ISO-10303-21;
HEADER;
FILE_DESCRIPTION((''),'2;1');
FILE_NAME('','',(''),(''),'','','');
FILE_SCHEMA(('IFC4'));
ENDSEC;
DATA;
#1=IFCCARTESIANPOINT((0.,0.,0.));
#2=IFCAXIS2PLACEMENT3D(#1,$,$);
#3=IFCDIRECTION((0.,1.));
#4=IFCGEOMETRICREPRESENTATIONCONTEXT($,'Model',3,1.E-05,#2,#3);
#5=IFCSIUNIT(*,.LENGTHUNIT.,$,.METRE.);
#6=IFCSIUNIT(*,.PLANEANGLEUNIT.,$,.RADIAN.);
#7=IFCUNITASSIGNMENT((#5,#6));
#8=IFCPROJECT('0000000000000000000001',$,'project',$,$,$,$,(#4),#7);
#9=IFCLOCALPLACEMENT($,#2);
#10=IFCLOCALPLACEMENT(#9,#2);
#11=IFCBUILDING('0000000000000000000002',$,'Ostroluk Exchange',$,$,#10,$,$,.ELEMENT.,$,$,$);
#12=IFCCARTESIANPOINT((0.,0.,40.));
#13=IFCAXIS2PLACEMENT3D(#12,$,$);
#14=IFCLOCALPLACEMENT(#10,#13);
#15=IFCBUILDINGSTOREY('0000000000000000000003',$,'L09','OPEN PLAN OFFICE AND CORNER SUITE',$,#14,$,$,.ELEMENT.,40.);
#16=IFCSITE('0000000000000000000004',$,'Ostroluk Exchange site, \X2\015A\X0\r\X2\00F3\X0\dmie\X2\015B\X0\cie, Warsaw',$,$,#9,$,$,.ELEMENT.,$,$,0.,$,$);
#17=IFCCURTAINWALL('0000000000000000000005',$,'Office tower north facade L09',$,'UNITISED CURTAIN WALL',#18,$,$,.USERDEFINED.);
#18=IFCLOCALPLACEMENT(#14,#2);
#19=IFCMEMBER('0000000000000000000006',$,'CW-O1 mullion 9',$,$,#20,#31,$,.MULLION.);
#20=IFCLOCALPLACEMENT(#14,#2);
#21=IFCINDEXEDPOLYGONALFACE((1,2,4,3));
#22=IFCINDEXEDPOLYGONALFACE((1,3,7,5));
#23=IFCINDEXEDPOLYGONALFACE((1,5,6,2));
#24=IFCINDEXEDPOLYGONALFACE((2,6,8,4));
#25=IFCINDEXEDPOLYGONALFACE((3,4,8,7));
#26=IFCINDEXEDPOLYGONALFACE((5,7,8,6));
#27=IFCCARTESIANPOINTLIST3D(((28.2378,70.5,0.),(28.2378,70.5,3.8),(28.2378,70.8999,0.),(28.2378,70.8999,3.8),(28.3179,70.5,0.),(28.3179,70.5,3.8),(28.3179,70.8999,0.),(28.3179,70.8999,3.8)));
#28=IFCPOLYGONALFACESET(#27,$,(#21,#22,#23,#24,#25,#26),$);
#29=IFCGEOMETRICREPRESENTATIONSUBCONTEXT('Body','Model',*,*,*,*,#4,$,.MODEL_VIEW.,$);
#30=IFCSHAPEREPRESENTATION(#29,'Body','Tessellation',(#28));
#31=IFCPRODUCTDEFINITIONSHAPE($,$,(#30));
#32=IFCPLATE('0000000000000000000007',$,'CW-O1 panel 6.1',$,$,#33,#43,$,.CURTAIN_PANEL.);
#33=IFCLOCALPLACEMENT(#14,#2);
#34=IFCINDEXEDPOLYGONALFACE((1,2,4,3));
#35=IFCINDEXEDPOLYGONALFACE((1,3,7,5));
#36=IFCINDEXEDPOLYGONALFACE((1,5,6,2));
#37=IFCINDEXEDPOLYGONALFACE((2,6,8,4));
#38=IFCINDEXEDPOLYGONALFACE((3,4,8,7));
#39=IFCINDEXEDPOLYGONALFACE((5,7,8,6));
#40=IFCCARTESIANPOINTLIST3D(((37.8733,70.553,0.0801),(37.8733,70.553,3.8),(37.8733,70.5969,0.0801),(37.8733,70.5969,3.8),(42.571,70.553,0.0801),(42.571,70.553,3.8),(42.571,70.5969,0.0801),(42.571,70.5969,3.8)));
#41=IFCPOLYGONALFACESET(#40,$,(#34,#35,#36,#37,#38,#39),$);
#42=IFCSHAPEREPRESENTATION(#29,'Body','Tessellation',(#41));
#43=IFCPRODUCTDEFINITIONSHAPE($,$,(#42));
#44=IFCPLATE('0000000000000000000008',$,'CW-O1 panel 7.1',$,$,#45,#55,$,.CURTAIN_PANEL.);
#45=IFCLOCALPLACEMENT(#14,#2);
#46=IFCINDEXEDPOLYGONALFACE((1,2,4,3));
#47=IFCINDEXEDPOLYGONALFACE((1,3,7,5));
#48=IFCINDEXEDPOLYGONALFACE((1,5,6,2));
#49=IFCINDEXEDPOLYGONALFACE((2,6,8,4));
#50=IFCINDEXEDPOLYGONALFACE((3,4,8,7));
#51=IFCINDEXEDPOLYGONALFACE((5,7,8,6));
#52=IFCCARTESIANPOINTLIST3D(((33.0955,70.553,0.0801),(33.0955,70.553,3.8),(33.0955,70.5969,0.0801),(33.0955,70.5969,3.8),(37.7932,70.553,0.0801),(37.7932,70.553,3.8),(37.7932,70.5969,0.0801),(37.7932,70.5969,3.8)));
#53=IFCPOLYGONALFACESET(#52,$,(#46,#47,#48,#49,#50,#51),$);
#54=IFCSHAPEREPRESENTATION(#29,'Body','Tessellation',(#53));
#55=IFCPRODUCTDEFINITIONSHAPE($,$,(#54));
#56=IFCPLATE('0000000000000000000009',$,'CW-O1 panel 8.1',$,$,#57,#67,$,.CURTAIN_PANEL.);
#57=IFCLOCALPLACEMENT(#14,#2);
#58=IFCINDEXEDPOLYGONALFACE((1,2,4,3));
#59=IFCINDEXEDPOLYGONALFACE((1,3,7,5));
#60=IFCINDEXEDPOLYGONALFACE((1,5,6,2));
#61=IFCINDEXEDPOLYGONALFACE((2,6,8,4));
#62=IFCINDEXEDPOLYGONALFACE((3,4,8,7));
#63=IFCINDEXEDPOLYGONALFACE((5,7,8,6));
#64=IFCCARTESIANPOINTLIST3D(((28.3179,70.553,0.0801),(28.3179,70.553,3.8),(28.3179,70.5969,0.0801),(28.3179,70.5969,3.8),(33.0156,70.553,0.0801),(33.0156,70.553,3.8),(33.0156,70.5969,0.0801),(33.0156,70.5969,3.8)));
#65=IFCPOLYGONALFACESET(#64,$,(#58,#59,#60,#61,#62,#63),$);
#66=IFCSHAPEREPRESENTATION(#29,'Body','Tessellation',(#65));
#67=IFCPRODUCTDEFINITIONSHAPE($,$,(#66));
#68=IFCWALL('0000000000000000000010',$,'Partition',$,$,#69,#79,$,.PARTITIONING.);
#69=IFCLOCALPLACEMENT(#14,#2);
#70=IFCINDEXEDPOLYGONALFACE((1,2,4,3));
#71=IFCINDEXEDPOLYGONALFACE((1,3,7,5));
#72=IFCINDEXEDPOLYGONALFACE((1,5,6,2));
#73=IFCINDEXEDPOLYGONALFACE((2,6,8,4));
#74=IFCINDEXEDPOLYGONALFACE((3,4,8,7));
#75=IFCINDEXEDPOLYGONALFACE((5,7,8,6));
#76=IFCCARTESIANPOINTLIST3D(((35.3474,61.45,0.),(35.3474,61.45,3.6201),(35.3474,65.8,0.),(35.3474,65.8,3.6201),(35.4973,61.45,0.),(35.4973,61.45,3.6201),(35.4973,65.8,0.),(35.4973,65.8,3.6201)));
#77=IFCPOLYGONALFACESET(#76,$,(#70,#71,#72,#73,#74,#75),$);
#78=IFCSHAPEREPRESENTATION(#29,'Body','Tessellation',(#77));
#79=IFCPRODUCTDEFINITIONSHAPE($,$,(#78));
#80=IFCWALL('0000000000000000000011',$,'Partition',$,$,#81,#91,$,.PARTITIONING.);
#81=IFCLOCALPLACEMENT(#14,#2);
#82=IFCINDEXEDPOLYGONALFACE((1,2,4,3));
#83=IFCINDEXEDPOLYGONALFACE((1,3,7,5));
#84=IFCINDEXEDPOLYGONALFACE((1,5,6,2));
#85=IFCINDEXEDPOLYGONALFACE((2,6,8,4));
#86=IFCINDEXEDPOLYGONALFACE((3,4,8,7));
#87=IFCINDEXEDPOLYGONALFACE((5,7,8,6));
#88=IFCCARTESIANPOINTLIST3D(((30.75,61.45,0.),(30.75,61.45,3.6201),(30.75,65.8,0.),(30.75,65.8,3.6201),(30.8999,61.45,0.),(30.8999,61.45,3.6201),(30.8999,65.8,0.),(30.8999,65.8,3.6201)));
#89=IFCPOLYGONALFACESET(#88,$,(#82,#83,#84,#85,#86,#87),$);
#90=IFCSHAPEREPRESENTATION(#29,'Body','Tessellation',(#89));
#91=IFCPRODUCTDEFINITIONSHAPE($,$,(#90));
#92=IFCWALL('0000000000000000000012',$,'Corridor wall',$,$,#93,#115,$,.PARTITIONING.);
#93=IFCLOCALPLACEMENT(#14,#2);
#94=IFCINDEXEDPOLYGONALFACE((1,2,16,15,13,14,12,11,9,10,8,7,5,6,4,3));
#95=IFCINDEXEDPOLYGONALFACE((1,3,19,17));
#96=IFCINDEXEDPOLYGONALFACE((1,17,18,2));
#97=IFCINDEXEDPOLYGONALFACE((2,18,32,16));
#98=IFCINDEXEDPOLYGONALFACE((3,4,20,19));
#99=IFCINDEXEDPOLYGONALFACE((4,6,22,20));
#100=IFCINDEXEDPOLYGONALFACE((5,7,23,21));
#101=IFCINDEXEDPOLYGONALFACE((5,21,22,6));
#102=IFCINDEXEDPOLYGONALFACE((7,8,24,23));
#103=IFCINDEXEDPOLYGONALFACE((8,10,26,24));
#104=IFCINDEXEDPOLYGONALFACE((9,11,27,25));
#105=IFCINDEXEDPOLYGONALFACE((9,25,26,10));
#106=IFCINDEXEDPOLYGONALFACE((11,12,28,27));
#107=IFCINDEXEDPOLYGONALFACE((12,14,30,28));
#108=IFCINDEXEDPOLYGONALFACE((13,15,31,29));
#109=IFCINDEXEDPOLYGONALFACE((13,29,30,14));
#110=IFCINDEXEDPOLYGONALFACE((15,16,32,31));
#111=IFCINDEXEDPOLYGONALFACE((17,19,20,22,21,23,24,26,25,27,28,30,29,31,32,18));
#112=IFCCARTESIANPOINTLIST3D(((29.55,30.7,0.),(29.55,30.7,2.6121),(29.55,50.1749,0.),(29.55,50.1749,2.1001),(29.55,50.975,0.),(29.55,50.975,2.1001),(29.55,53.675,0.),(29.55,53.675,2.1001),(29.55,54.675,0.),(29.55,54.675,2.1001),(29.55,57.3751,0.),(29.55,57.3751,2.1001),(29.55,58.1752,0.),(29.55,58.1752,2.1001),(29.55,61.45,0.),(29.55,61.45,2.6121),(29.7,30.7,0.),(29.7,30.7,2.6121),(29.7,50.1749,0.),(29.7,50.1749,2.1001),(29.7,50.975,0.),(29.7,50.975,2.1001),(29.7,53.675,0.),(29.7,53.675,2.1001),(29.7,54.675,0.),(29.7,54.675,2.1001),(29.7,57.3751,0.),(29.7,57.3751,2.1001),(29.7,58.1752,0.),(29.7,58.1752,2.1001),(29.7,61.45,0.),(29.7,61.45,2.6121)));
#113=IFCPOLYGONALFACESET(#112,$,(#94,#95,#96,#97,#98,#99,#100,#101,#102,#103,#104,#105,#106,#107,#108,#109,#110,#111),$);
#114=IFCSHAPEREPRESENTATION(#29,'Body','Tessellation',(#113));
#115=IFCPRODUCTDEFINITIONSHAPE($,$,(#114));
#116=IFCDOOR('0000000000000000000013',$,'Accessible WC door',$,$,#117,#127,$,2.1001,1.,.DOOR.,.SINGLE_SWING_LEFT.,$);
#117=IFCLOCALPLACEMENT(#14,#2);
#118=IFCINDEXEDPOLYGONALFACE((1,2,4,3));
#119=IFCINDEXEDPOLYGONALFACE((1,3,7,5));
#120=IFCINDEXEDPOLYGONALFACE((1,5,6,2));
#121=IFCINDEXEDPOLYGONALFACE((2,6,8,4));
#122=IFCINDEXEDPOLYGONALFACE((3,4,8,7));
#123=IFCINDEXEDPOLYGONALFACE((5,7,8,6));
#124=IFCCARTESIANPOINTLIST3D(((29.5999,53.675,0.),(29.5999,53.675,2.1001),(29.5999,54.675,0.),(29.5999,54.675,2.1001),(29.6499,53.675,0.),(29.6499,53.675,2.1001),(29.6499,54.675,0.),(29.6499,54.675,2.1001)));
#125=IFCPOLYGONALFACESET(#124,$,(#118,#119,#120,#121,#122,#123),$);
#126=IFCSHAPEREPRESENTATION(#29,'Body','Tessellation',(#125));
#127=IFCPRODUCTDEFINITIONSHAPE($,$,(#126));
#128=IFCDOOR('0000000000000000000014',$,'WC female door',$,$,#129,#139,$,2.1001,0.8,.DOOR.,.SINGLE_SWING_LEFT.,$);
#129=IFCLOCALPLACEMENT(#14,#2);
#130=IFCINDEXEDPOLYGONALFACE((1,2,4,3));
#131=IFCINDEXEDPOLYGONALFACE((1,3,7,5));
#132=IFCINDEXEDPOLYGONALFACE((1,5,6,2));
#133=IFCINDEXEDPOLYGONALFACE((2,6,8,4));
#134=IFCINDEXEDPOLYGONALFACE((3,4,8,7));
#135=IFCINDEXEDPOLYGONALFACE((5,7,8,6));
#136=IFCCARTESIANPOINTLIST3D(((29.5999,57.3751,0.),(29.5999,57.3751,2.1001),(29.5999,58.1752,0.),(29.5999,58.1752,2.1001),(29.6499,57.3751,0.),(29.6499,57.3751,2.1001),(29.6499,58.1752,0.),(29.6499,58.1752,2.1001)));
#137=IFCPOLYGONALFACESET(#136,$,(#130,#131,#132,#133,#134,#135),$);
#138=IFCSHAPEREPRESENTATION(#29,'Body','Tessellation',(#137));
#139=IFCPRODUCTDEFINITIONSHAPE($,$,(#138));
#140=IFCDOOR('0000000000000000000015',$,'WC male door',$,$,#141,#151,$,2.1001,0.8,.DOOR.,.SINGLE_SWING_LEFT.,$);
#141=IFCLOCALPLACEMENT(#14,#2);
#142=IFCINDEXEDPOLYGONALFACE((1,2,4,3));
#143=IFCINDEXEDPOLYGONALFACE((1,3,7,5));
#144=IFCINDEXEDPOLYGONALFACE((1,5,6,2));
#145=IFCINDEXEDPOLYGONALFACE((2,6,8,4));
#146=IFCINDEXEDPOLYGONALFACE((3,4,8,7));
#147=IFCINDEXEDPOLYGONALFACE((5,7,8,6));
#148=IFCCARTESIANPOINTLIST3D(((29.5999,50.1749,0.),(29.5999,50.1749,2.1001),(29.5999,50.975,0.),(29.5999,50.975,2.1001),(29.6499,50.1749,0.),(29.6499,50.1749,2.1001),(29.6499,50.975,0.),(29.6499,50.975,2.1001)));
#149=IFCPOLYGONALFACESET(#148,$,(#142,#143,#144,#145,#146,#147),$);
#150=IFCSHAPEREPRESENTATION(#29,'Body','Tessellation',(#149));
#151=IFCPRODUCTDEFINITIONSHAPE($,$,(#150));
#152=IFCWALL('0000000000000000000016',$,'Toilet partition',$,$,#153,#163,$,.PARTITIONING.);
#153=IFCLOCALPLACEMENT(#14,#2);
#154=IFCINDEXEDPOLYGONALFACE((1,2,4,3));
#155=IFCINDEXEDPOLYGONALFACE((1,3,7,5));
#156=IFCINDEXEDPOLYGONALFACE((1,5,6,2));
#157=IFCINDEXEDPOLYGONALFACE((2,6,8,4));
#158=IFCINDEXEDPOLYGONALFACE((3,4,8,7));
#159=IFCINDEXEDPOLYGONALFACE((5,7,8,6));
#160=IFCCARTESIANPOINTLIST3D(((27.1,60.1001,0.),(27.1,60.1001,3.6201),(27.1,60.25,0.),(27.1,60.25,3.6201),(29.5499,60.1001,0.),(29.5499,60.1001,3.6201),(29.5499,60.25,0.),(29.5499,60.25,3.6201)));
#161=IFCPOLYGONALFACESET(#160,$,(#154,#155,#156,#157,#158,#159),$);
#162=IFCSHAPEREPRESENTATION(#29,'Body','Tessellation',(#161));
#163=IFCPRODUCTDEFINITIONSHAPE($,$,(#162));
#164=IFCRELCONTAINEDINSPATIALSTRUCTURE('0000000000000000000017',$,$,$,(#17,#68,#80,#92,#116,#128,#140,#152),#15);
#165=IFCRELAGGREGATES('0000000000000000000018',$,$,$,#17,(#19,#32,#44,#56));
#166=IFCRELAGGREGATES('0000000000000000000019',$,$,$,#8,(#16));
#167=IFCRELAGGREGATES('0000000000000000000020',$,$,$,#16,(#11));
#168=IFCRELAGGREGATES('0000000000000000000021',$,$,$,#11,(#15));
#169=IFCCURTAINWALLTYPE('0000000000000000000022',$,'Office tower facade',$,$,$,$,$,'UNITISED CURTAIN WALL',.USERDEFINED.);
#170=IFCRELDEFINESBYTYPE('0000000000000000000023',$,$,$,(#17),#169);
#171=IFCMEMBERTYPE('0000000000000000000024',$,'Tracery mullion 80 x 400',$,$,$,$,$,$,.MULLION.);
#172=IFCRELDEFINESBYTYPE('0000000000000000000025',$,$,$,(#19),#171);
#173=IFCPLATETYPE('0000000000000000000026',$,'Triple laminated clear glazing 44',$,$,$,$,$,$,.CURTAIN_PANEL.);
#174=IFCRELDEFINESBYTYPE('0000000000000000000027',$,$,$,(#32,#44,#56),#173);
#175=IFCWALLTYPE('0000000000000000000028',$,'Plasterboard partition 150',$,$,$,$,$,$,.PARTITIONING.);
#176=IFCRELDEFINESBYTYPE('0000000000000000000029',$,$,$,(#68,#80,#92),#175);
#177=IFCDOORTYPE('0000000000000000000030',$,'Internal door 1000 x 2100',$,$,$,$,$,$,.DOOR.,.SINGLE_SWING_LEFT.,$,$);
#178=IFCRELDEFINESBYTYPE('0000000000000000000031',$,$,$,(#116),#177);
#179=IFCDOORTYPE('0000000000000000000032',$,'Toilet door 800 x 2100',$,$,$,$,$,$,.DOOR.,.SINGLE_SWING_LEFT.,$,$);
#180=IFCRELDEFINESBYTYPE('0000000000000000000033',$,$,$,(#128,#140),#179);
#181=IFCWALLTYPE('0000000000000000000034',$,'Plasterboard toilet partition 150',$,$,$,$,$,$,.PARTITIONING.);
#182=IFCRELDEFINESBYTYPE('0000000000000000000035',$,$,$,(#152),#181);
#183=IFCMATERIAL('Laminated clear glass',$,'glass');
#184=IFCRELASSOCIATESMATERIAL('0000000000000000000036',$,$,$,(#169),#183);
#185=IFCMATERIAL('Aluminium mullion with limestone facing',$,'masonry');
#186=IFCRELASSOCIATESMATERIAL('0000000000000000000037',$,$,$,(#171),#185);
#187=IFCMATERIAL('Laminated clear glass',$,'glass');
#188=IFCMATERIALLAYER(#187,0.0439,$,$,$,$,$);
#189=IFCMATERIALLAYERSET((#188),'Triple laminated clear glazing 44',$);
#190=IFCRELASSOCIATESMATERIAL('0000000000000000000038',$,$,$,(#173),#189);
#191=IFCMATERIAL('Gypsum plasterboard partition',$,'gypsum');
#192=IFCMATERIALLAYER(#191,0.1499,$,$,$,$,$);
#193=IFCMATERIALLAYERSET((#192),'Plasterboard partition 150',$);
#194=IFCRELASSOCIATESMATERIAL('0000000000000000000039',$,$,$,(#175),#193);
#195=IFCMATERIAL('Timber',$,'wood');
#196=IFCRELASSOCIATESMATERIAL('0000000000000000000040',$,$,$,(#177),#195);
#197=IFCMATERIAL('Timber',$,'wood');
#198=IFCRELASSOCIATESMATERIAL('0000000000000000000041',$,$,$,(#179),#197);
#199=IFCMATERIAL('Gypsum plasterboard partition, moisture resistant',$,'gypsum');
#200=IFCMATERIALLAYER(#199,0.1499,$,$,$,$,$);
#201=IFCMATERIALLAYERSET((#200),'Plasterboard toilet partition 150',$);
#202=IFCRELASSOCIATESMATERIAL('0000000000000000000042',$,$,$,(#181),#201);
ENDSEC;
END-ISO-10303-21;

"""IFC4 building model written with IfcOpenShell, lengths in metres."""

from ifc_helpers import new_model, si_unit, direction, frame, frame_2d, origin, origin_2d, place, context, subcontext, project, spatial, rectangle, extrude, material, layer, layer_set, material_profile, profile_set, type_object, element, fill, aggregate, save


model = new_model("IFC4")

# Units and contexts
model_context = context("Model", 3, precision=1e-05, world=origin(), true_north=direction((0.0, 1.0)))
body_context = subcontext(model_context, "Body", "Model", "MODEL_VIEW")
ifc_project = project(units=[si_unit("LENGTHUNIT", "METRE"), si_unit("PLANEANGLEUNIT", "RADIAN")], contexts=[model_context])

# Site, building, storey
site_placement = place(None, origin())
site = spatial("IfcSite", under=ifc_project, at=site_placement, Name="Ostroluk Exchange site, Śródmieście, Warsaw", CompositionType="ELEMENT", RefElevation=0.0)
building_placement = place(site_placement, origin())
building = spatial("IfcBuilding", under=site, at=building_placement, Name="Ostroluk Exchange", CompositionType="ELEMENT")
storey_placement = place(building_placement, frame((0.0, 0.0, 40.0)))
storey = spatial("IfcBuildingStorey", under=building, at=storey_placement, Name="L09", Description="OPEN PLAN OFFICE AND CORNER SUITE", CompositionType="ELEMENT", Elevation=40.0)

# Curtain wall, member, plates
ifc_material_1 = material(Name="Laminated clear glass", Category="glass")
curtain_wall_type = type_object("IfcCurtainWallType", Name="Office tower facade", ElementType="UNITISED CURTAIN WALL", PredefinedType="USERDEFINED", material=ifc_material_1)
curtain_wall_placement = place(storey_placement, origin())
curtain_wall = element("IfcCurtainWall", 1, at=curtain_wall_placement, inside=storey, type_object=curtain_wall_type, Name="Office tower north facade L09", ObjectType="UNITISED CURTAIN WALL", PredefinedType="USERDEFINED")
ifc_material_2 = material(Name="Aluminium mullion with limestone facing", Category="masonry")
ifc_material_profile_1 = material_profile(ifc_material_2, rectangle(XDim=0.3999, YDim=0.0801, at=origin_2d()), Name="Tracery mullion 80 x 400")
ifc_profile_set_1 = profile_set([ifc_material_profile_1], Name="Aluminium mullion with limestone facing")
member_type_1 = type_object("IfcMemberType", Name="Tracery mullion 80 x 400", PredefinedType="MULLION", material=ifc_profile_set_1)
member_1_placement = place(storey_placement, frame((28.2778, 70.7, 0.0), z_axis=(0.0, 0.0, 1.0), x_axis=(0.0, -1.0, 0.0)))
member_1 = element("IfcMember", 2, at=member_1_placement, type_object=member_type_1, Name="CW-O1 mullion 9", PredefinedType="MULLION", context=body_context, shape_type="SweptSolid", body=[
    extrude(rectangle(XDim=0.3999, YDim=0.0801, at=origin_2d()), origin(), (0.0, 0.0, 1.0), 3.8),
])
ifc_material_3 = material(Name="Laminated clear glass", Category="glass")
ifc_layer_1 = layer(ifc_material_3, 0.0439)
ifc_layer_set_1 = layer_set([ifc_layer_1], Name="Triple laminated clear glazing 44")
plate_type = type_object("IfcPlateType", Name="Triple laminated clear glazing 44", PredefinedType="CURTAIN_PANEL", material=ifc_layer_set_1)
plate_1_placement = place(storey_placement, frame((40.2222, 70.575, 0.0801), z_axis=(0.0, 0.0, 1.0), x_axis=(-1.0, 0.0, 0.0)))
plate_1 = element("IfcPlate", 3, at=plate_1_placement, type_object=plate_type, Name="CW-O1 panel 6.1", PredefinedType="CURTAIN_PANEL", context=body_context, shape_type="SweptSolid", body=[
    extrude(rectangle(XDim=4.6978, YDim=0.0439, at=origin_2d()), origin(), (0.0, 0.0, 1.0), 3.72),
])
plate_2_placement = place(storey_placement, frame((35.4443, 70.575, 0.0801), z_axis=(0.0, 0.0, 1.0), x_axis=(-1.0, 0.0, 0.0)))
plate_2 = element("IfcPlate", 4, at=plate_2_placement, type_object=plate_type, Name="CW-O1 panel 7.1", PredefinedType="CURTAIN_PANEL", context=body_context, shape_type="SweptSolid", body=[
    extrude(rectangle(XDim=4.6978, YDim=0.0439, at=origin_2d()), origin(), (0.0, 0.0, 1.0), 3.72),
])
plate_3_placement = place(storey_placement, frame((30.6667, 70.575, 0.0801), z_axis=(0.0, 0.0, 1.0), x_axis=(-1.0, 0.0, 0.0)))
plate_3 = element("IfcPlate", 5, at=plate_3_placement, type_object=plate_type, Name="CW-O1 panel 8.1", PredefinedType="CURTAIN_PANEL", context=body_context, shape_type="SweptSolid", body=[
    extrude(rectangle(XDim=4.6978, YDim=0.0439, at=origin_2d()), origin(), (0.0, 0.0, 1.0), 3.72),
])
aggregate(curtain_wall, [member_1, plate_1, plate_2, plate_3])

# Walls
ifc_material_4 = material(Name="Gypsum plasterboard partition", Category="gypsum")
ifc_layer_2 = layer(ifc_material_4, 0.1499)
ifc_layer_set_2 = layer_set([ifc_layer_2], Name="Plasterboard partition 150")
wall_type_1 = type_object("IfcWallType", Name="Plasterboard partition 150", PredefinedType="PARTITIONING", material=ifc_layer_set_2)
for number, where, z_axis, x_axis, name in (
    (6, (35.4224, 61.45, 0.0), (0.0, 0.0, 1.0), (0.0, 1.0, 0.0), "Partition"),
    (7, (30.825, 61.45, 0.0), (0.0, 0.0, 1.0), (0.0, 1.0, 0.0), "Partition"),
):
    element("IfcWall", number, at=place(storey_placement, frame(where, z_axis=z_axis, x_axis=x_axis)), inside=storey, type_object=wall_type_1, Name=name, PredefinedType="PARTITIONING", context=body_context, shape_type="SweptSolid", body=[
        extrude(rectangle(XDim=4.3501, YDim=0.1499, at=frame_2d((2.175, 0.0))), origin(), (0.0, 0.0, 1.0), 3.6201),
    ])

# Wall, openings, doors
wall_1_placement = place(storey_placement, frame((29.625, 61.45, 0.0), z_axis=(0.0, 0.0, 1.0), x_axis=(0.0, -1.0, 0.0)))
wall_1 = element("IfcWall", 8, at=wall_1_placement, inside=storey, type_object=wall_type_1, Name="Corridor wall", PredefinedType="PARTITIONING", context=body_context, shape_type="SweptSolid", body=[
    extrude(rectangle(XDim=30.75, YDim=0.1499, at=frame_2d((15.375, 0.0))), origin(), (0.0, 0.0, 1.0), 2.6121),
])
opening_1_placement = place(wall_1_placement, frame((3.2749, 0.0, 0.0)))
opening_1 = element("IfcOpeningElement", 9, at=opening_1_placement, cuts=wall_1, PredefinedType="OPENING", context=body_context, shape_type="SweptSolid", body=[
    extrude(rectangle(XDim=0.8, YDim=2.1001, at=frame_2d((0.3999, 1.05))), frame((0.0, 0.085, 0.0), z_axis=(0.0, -1.0, 0.0), x_axis=(1.0, 0.0, 0.0)), (0.0, 0.0, 1.0), 0.1699),
])
opening_2_placement = place(wall_1_placement, frame((6.7749, 0.0, 0.0)))
opening_2 = element("IfcOpeningElement", 10, at=opening_2_placement, cuts=wall_1, PredefinedType="OPENING", context=body_context, shape_type="SweptSolid", body=[
    extrude(rectangle(XDim=1.0, YDim=2.1001, at=frame_2d((0.5, 1.05))), frame((0.0, 0.085, 0.0), z_axis=(0.0, -1.0, 0.0), x_axis=(1.0, 0.0, 0.0)), (0.0, 0.0, 1.0), 0.1699),
])
opening_3_placement = place(wall_1_placement, frame((10.4751, 0.0, 0.0)))
opening_3 = element("IfcOpeningElement", 11, at=opening_3_placement, cuts=wall_1, PredefinedType="OPENING", context=body_context, shape_type="SweptSolid", body=[
    extrude(rectangle(XDim=0.8, YDim=2.1001, at=frame_2d((0.3999, 1.05))), frame((0.0, 0.085, 0.0), z_axis=(0.0, -1.0, 0.0), x_axis=(1.0, 0.0, 0.0)), (0.0, 0.0, 1.0), 0.1699),
])
ifc_material_5 = material(Name="Timber", Category="wood")
door_type_1 = type_object("IfcDoorType", Name="Internal door 1000 x 2100", OperationType="SINGLE_SWING_LEFT", PredefinedType="DOOR", material=ifc_material_5)
door_1_placement = place(opening_2_placement, origin())
door_1 = element("IfcDoor", 12, at=door_1_placement, inside=storey, type_object=door_type_1, Name="Accessible WC door", OperationType="SINGLE_SWING_LEFT", OverallHeight=2.1001, OverallWidth=1.0, PredefinedType="DOOR", context=body_context, shape_type="SweptSolid", body=[
    extrude(rectangle(XDim=1.0, YDim=2.1001, at=frame_2d((0.5, 1.05))), frame((0.0, 0.0249, 0.0), z_axis=(0.0, -1.0, 0.0), x_axis=(1.0, 0.0, 0.0)), (0.0, 0.0, 1.0), 0.05),
])
fill(opening_2, door_1)
ifc_material_6 = material(Name="Timber", Category="wood")
door_type_2 = type_object("IfcDoorType", Name="Toilet door 800 x 2100", OperationType="SINGLE_SWING_LEFT", PredefinedType="DOOR", material=ifc_material_6)
door_2_placement = place(opening_1_placement, origin())
door_2 = element("IfcDoor", 13, at=door_2_placement, inside=storey, type_object=door_type_2, Name="WC female door", OperationType="SINGLE_SWING_LEFT", OverallHeight=2.1001, OverallWidth=0.8, PredefinedType="DOOR", context=body_context, shape_type="SweptSolid", body=[
    extrude(rectangle(XDim=0.8, YDim=2.1001, at=frame_2d((0.3999, 1.05))), frame((0.0, 0.0249, 0.0), z_axis=(0.0, -1.0, 0.0), x_axis=(1.0, 0.0, 0.0)), (0.0, 0.0, 1.0), 0.05),
])
fill(opening_1, door_2)
door_3_placement = place(opening_3_placement, origin())
door_3 = element("IfcDoor", 14, at=door_3_placement, inside=storey, type_object=door_type_2, Name="WC male door", OperationType="SINGLE_SWING_LEFT", OverallHeight=2.1001, OverallWidth=0.8, PredefinedType="DOOR", context=body_context, shape_type="SweptSolid", body=[
    extrude(rectangle(XDim=0.8, YDim=2.1001, at=frame_2d((0.3999, 1.05))), frame((0.0, 0.0249, 0.0), z_axis=(0.0, -1.0, 0.0), x_axis=(1.0, 0.0, 0.0)), (0.0, 0.0, 1.0), 0.05),
])
fill(opening_3, door_3)

# Wall
ifc_material_7 = material(Name="Gypsum plasterboard partition, moisture resistant", Category="gypsum")
ifc_layer_3 = layer(ifc_material_7, 0.1499)
ifc_layer_set_3 = layer_set([ifc_layer_3], Name="Plasterboard toilet partition 150")
wall_type_2 = type_object("IfcWallType", Name="Plasterboard toilet partition 150", PredefinedType="PARTITIONING", material=ifc_layer_set_3)
wall_2_placement = place(storey_placement, frame((29.55, 60.175, 0.0), z_axis=(0.0, 0.0, 1.0), x_axis=(-1.0, 0.0, 0.0)))
element("IfcWall", 15, at=wall_2_placement, inside=storey, type_object=wall_type_2, Name="Toilet partition", PredefinedType="PARTITIONING", context=body_context, shape_type="SweptSolid", body=[
    extrude(rectangle(XDim=2.45, YDim=0.1499, at=frame_2d((1.2251, 0.0))), origin(), (0.0, 0.0, 1.0), 3.6201),
])

save(model, "model.ifc")
